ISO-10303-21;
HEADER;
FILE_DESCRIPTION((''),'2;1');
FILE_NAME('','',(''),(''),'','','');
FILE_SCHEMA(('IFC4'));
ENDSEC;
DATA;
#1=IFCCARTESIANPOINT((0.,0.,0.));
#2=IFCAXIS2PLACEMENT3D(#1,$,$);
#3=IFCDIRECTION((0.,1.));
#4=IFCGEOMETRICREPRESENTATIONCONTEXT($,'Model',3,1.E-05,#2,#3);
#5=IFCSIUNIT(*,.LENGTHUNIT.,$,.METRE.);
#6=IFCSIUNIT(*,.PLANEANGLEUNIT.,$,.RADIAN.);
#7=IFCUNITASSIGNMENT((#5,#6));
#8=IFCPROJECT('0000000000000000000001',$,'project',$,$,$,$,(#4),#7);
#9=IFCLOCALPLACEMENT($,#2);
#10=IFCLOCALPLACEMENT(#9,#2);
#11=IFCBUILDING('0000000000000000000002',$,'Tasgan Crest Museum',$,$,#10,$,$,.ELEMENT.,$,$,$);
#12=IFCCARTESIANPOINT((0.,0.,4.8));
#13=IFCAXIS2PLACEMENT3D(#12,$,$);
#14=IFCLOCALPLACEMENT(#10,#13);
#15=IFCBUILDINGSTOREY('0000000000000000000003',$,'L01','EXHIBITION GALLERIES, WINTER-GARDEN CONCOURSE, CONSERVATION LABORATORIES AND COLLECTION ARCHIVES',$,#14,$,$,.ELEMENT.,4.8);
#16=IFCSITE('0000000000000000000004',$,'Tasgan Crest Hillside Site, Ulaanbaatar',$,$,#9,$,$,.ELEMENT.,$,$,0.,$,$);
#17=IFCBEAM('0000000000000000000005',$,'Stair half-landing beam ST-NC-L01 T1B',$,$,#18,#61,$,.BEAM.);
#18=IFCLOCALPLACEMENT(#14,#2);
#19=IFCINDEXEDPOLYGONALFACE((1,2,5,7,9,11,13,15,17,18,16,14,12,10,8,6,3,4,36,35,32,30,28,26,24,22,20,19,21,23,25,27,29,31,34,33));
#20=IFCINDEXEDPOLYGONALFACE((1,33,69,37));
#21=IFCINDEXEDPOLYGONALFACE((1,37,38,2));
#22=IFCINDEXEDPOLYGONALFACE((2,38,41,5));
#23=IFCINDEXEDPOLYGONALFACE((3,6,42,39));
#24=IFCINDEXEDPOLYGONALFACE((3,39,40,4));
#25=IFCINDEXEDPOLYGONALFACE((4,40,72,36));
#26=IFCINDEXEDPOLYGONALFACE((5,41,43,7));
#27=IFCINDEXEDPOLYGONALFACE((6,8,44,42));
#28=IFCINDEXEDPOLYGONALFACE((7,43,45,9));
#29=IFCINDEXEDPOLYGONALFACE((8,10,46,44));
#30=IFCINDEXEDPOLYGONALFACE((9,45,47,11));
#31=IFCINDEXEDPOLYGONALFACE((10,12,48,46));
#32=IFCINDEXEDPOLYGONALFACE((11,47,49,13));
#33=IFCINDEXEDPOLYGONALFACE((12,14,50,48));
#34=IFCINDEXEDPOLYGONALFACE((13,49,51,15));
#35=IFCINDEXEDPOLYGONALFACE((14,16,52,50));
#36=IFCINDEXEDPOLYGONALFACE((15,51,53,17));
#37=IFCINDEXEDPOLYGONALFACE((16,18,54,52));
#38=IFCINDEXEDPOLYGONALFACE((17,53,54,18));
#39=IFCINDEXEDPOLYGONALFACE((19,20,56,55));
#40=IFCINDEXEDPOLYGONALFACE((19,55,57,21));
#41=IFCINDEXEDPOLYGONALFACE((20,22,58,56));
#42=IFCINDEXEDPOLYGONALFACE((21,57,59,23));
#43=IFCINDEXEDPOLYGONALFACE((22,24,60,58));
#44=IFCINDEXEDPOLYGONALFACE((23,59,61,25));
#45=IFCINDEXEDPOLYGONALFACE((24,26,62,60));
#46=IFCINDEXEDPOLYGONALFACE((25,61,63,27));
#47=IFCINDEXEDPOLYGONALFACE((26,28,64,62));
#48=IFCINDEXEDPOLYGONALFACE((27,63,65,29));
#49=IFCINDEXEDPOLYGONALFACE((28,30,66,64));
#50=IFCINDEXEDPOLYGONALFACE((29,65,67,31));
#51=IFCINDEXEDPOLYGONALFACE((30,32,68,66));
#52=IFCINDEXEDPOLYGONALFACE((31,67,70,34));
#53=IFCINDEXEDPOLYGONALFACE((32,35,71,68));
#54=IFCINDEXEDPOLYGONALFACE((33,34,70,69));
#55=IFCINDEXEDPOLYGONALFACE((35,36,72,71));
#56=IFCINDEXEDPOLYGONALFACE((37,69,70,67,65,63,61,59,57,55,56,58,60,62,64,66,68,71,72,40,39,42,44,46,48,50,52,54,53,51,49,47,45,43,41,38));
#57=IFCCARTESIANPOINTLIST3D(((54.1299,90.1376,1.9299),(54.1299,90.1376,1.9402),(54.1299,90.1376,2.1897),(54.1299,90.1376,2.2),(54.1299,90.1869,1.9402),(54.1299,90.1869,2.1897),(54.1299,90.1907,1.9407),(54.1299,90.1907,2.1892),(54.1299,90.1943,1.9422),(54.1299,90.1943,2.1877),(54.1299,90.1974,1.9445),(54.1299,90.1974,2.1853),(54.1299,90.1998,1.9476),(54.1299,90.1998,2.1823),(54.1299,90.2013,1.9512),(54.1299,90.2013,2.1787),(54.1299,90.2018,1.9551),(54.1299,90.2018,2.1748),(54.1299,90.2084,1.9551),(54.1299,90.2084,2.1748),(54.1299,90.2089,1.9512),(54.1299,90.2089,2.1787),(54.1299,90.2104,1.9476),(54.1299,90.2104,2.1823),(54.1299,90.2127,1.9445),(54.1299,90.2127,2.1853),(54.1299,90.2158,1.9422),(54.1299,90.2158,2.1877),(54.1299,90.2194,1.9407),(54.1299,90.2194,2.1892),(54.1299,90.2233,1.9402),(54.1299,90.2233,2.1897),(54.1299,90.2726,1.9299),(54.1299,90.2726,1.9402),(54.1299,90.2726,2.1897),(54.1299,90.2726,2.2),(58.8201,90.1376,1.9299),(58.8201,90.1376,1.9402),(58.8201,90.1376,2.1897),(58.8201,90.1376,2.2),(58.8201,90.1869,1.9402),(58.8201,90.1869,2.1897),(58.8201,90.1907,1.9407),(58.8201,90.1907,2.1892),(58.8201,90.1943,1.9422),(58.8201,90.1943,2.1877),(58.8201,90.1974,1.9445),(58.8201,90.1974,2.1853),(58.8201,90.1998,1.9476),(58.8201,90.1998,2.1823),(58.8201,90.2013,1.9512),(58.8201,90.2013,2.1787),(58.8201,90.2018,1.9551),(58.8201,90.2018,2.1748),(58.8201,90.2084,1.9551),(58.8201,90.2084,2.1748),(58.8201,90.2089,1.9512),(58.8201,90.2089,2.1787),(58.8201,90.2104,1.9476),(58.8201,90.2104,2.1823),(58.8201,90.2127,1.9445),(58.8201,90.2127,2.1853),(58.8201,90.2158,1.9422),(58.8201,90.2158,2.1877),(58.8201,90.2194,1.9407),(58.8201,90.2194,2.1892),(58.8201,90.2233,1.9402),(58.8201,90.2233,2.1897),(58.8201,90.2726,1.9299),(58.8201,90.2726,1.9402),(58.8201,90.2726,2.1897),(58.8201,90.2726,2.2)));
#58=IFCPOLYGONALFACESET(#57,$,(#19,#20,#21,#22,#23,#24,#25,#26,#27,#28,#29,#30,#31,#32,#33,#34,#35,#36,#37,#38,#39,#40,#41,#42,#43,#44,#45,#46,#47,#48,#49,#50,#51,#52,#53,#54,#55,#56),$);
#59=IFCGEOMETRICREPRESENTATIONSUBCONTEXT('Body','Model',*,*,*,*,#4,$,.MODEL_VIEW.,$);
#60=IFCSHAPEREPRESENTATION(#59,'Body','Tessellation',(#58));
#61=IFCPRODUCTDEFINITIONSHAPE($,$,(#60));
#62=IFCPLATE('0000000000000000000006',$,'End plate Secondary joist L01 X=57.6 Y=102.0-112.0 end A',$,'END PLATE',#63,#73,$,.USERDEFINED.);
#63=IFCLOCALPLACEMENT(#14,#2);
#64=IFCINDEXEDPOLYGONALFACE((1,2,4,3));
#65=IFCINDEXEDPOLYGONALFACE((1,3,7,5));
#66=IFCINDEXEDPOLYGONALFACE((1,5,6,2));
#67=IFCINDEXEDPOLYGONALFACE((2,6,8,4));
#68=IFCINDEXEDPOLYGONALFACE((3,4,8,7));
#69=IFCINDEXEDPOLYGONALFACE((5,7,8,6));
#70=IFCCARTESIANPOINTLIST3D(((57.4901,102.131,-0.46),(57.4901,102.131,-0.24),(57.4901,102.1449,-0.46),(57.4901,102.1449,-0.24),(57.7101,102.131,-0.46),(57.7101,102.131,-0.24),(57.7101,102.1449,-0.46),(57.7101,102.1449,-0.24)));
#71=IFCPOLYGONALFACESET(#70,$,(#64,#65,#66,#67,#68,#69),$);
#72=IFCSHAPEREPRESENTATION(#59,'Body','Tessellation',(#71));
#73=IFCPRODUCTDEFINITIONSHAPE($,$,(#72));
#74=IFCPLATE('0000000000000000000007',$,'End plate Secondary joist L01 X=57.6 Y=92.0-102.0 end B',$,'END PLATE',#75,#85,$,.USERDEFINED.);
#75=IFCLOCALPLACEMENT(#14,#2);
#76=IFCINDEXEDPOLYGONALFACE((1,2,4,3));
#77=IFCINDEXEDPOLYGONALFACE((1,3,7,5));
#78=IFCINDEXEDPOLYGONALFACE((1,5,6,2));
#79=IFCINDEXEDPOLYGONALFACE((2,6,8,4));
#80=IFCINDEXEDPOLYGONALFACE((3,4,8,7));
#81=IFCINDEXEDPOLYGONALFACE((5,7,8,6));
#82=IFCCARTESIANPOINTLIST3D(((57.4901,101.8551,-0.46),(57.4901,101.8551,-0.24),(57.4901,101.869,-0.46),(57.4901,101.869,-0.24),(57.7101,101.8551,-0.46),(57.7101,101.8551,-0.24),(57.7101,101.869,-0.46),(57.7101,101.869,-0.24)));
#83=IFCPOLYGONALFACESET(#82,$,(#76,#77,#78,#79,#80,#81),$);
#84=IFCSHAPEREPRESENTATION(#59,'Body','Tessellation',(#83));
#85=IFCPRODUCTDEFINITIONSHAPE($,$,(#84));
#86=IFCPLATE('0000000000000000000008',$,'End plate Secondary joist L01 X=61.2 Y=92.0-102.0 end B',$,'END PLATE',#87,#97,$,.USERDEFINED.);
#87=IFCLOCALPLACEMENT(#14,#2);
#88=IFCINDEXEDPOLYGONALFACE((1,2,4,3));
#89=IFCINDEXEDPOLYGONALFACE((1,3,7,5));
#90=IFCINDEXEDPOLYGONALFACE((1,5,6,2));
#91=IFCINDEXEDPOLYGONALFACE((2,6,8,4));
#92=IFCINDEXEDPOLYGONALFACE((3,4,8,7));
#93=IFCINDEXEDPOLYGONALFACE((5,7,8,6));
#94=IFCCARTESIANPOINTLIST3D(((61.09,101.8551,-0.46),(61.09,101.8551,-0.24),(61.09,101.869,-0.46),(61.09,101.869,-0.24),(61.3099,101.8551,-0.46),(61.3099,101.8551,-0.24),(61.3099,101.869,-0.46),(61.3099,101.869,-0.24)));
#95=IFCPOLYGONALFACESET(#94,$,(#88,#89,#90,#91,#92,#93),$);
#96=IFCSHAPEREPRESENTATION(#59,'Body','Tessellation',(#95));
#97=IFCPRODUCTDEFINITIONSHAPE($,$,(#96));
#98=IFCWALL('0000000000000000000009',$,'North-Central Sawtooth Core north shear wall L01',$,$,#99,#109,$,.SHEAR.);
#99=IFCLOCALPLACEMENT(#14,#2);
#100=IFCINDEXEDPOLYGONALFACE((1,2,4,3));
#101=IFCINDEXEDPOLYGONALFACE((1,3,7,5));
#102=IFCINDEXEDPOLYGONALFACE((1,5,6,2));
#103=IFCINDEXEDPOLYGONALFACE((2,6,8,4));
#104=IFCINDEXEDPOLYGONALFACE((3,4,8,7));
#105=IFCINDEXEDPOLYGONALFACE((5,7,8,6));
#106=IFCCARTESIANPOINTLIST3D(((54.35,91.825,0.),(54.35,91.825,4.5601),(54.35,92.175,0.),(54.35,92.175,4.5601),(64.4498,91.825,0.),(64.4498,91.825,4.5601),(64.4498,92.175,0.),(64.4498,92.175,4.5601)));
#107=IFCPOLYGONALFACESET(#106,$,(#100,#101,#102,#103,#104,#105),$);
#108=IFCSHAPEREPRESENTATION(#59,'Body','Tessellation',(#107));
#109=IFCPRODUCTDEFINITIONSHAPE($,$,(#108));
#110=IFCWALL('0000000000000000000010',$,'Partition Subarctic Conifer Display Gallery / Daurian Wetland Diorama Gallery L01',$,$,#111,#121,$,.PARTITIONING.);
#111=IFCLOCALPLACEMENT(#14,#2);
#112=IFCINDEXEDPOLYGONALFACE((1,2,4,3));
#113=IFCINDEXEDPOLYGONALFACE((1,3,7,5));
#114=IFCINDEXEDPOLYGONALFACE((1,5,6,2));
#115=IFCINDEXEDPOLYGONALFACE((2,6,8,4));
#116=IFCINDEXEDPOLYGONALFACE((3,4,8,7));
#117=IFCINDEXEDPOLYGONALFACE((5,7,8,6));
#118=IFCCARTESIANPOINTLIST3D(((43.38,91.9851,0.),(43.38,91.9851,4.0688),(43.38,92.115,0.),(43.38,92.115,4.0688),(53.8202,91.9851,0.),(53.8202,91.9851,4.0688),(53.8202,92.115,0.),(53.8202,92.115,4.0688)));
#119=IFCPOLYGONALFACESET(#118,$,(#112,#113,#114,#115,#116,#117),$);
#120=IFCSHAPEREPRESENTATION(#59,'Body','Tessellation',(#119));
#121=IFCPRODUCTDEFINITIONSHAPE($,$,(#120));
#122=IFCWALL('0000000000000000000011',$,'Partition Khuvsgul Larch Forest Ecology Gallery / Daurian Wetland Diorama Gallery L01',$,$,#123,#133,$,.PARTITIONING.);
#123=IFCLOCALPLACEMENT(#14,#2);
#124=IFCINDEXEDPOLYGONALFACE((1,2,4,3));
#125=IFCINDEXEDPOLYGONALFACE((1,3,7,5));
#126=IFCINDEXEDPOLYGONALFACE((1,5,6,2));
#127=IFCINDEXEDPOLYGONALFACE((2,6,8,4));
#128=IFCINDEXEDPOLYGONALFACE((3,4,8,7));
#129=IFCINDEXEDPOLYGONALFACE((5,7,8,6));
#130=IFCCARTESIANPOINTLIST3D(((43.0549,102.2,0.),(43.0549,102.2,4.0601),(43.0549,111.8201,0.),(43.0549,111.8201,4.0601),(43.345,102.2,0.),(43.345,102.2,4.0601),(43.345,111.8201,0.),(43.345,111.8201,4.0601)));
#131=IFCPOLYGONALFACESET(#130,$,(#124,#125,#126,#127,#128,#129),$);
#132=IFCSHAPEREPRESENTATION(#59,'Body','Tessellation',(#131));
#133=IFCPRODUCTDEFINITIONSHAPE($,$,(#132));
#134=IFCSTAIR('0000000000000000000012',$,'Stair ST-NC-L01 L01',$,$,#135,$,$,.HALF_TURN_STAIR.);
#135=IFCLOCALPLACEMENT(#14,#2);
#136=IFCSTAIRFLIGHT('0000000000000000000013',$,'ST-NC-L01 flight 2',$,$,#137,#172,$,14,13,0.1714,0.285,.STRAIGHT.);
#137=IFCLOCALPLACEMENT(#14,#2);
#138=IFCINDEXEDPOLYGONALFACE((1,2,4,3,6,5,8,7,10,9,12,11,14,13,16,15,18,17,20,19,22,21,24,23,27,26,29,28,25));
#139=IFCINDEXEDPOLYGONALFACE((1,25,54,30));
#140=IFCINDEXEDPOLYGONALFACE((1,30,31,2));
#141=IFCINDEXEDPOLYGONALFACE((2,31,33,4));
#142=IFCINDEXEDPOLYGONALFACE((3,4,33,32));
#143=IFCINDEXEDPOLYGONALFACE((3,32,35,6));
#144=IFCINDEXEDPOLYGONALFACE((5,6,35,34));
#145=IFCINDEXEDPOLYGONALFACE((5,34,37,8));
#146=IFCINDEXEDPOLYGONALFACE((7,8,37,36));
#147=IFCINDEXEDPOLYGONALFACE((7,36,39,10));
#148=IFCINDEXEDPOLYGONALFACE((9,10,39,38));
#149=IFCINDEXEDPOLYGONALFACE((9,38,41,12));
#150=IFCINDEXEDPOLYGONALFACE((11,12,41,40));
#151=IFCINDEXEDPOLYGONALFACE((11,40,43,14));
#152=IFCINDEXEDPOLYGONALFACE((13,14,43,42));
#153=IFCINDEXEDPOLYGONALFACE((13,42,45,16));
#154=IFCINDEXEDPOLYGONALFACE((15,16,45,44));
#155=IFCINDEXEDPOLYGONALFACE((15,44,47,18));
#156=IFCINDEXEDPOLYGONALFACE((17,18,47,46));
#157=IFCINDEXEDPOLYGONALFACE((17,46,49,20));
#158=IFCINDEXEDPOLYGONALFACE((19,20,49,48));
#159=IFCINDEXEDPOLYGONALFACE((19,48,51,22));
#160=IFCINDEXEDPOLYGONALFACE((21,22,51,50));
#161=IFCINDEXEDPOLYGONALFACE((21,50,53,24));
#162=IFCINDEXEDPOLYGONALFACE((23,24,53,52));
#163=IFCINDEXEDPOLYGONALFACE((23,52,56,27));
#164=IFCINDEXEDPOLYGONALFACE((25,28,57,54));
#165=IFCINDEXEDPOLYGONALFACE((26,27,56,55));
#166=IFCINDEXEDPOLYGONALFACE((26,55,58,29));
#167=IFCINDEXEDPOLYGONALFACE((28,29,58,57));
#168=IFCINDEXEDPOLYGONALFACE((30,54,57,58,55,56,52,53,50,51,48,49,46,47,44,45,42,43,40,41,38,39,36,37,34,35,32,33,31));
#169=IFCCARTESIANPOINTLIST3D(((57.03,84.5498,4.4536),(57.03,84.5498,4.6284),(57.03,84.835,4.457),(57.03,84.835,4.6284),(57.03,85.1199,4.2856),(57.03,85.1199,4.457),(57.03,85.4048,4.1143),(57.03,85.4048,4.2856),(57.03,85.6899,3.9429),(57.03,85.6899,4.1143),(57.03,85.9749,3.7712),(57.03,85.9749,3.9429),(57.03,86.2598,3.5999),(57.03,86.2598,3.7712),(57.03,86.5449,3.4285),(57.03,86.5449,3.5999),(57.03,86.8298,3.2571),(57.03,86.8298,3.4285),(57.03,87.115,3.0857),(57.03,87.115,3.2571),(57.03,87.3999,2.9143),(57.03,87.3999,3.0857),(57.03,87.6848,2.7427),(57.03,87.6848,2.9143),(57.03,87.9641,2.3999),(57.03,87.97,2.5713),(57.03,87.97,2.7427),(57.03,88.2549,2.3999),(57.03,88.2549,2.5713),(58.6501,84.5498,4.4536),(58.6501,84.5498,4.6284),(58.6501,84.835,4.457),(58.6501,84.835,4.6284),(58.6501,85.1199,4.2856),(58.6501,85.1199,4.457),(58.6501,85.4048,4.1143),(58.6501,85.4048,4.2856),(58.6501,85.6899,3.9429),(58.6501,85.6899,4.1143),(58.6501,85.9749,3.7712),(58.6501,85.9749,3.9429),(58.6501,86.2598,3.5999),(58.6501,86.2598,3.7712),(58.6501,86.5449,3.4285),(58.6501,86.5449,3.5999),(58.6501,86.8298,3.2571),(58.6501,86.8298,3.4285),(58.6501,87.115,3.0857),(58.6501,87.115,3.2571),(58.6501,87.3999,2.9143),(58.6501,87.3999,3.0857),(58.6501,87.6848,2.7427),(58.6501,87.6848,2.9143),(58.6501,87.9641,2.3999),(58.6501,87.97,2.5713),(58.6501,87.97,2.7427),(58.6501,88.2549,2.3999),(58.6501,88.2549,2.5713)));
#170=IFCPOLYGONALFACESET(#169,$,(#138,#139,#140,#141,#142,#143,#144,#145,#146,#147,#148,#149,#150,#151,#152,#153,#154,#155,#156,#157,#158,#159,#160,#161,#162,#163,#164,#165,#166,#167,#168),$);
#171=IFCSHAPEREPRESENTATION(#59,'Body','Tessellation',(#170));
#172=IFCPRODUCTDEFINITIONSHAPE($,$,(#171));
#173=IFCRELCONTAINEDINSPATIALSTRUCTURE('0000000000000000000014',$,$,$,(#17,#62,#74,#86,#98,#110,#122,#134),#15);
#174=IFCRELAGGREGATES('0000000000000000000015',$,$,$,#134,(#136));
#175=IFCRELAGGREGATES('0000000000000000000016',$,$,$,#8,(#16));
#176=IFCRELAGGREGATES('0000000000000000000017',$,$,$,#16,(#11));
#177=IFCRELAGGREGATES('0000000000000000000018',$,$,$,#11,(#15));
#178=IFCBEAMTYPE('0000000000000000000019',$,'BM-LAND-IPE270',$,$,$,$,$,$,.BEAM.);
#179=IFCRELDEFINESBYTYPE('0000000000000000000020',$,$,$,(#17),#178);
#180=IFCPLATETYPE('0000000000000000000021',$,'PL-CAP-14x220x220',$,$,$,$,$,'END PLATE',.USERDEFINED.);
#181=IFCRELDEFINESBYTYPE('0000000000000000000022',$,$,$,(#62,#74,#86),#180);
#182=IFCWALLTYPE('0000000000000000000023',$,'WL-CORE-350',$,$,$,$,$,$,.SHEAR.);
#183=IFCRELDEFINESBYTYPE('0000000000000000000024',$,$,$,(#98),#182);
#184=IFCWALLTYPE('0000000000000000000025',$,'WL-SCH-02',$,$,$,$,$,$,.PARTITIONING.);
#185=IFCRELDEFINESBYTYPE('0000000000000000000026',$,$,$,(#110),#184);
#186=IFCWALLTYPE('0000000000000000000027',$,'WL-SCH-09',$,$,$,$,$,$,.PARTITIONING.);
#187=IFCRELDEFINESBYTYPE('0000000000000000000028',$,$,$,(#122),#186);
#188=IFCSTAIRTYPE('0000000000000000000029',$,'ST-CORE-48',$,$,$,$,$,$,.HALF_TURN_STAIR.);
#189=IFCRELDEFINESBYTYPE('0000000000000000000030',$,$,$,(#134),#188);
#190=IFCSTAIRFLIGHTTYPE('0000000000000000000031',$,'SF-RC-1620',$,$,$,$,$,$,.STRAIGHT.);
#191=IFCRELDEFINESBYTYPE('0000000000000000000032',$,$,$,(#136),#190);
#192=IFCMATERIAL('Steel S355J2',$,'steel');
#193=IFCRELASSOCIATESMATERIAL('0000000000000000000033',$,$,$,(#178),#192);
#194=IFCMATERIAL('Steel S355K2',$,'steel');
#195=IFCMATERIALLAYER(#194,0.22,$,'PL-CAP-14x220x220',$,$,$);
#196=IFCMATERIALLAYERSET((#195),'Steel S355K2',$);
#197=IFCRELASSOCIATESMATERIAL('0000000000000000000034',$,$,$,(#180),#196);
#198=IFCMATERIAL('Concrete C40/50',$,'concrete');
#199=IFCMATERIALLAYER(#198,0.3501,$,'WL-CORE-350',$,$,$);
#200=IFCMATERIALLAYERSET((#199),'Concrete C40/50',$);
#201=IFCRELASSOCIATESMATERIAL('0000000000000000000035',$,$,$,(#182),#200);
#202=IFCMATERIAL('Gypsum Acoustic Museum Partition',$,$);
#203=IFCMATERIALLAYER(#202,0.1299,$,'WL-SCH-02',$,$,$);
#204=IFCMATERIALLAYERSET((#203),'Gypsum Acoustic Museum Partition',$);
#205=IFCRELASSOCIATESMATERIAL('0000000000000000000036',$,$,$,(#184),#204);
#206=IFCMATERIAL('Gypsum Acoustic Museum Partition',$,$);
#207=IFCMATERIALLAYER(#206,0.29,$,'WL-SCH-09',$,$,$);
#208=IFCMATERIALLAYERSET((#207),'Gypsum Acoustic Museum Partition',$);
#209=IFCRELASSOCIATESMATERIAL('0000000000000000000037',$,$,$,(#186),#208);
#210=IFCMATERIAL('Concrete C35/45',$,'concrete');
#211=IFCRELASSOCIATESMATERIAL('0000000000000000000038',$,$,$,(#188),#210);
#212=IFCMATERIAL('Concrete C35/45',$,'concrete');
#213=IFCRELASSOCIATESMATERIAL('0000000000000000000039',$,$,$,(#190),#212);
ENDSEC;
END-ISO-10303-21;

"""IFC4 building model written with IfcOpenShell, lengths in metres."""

from ifc_helpers import new_model, si_unit, direction, frame, frame_2d, origin, origin_2d, place, context, subcontext, project, spatial, polyline, rectangle, i_section, outline, extrude, material, layer, layer_set, material_profile, profile_set, type_object, element, aggregate, save


model = new_model("IFC4")

# Units and contexts
model_context = context("Model", 3, precision=1e-05, world=origin(), true_north=direction((0.0, 1.0)))
body_context = subcontext(model_context, "Body", "Model", "MODEL_VIEW")
ifc_project = project(units=[si_unit("LENGTHUNIT", "METRE"), si_unit("PLANEANGLEUNIT", "RADIAN")], contexts=[model_context])

# Site, building, storey
site_placement = place(None, origin())
site = spatial("IfcSite", under=ifc_project, at=site_placement, Name="Tasgan Crest Hillside Site, Ulaanbaatar", CompositionType="ELEMENT", RefElevation=0.0)
building_placement = place(site_placement, origin())
building = spatial("IfcBuilding", under=site, at=building_placement, Name="Tasgan Crest Museum", CompositionType="ELEMENT")
storey_placement = place(building_placement, frame((0.0, 0.0, 4.8)))
storey = spatial("IfcBuildingStorey", under=building, at=storey_placement, Name="L01", Description="EXHIBITION GALLERIES, WINTER-GARDEN CONCOURSE, CONSERVATION LABORATORIES AND COLLECTION ARCHIVES", CompositionType="ELEMENT", Elevation=4.8)

# Beam
ifc_material_1 = material(Name="Steel S355J2", Category="steel")
ifc_material_profile_1 = material_profile(ifc_material_1, i_section(OverallWidth=0.135, OverallDepth=0.27, WebThickness=0.0066, FlangeThickness=0.0103, FilletRadius=0.0149, at=origin_2d()), Name="IPE 270")
ifc_profile_set_1 = profile_set([ifc_material_profile_1], Name="Steel S355J2")
beam_type_1 = type_object("IfcBeamType", Name="BM-LAND-IPE270", PredefinedType="BEAM", material=ifc_profile_set_1)
for number, where, z_axis, x_axis, name in (
    (1, (54.1299, 90.2051, 2.0649), (1.0, 0.0, 0.0), (0.0, 1.0, 0.0), "Stair half-landing beam ST-NC-L01 T1B"),
):
    element("IfcBeam", number, at=place(storey_placement, frame(where, z_axis=z_axis, x_axis=x_axis)), inside=storey, type_object=beam_type_1, Name=name, PredefinedType="BEAM", context=body_context, shape_type="SweptSolid", body=[
        extrude(i_section(OverallWidth=0.135, OverallDepth=0.27, WebThickness=0.0066, FlangeThickness=0.0103, FilletRadius=0.0149, at=origin_2d()), origin(), (0.0, 0.0, 1.0), 4.6902),
    ])

# Plates
ifc_material_2 = material(Name="Steel S355K2", Category="steel")
ifc_layer_1 = layer(ifc_material_2, 0.22, Name="PL-CAP-14x220x220")
ifc_layer_set_1 = layer_set([ifc_layer_1], Name="Steel S355K2")
plate_type = type_object("IfcPlateType", Name="PL-CAP-14x220x220", ElementType="END PLATE", PredefinedType="USERDEFINED", material=ifc_layer_set_1)
for number, where, z_axis, x_axis, name in (
    (2, (57.6001, 102.1379, -0.46), (0.0, 0.0, 1.0), (0.0, 1.0, 0.0), "End plate Secondary joist L01 X=57.6 Y=102.0-112.0 end A"),
    (3, (57.6001, 101.8621, -0.46), (0.0, 0.0, 1.0), (0.0, 1.0, 0.0), "End plate Secondary joist L01 X=57.6 Y=92.0-102.0 end B"),
    (4, (61.2, 101.8621, -0.46), (0.0, 0.0, 1.0), (0.0, 1.0, 0.0), "End plate Secondary joist L01 X=61.2 Y=92.0-102.0 end B"),
):
    element("IfcPlate", number, at=place(storey_placement, frame(where, z_axis=z_axis, x_axis=x_axis)), inside=storey, type_object=plate_type, Name=name, ObjectType="END PLATE", PredefinedType="USERDEFINED", context=body_context, shape_type="SweptSolid", body=[
        extrude(rectangle(XDim=0.0139, YDim=0.22, at=origin_2d()), origin(), (0.0, 0.0, 1.0), 0.22),
    ])

# Walls
ifc_material_3 = material(Name="Concrete C40/50", Category="concrete")
ifc_layer_2 = layer(ifc_material_3, 0.3501, Name="WL-CORE-350")
ifc_layer_set_2 = layer_set([ifc_layer_2], Name="Concrete C40/50")
wall_type_1 = type_object("IfcWallType", Name="WL-CORE-350", PredefinedType="SHEAR", material=ifc_layer_set_2)
wall_1_placement = place(storey_placement, frame((54.3501, 92.0, 0.0), z_axis=(0.0, 0.0, 1.0), x_axis=(1.0, 0.0, 0.0)))
element("IfcWall", 5, at=wall_1_placement, inside=storey, type_object=wall_type_1, Name="North-Central Sawtooth Core north shear wall L01", PredefinedType="SHEAR", context=body_context, shape_type="SweptSolid", body=[
    extrude(rectangle(XDim=10.0999, YDim=0.3501, at=frame_2d((5.0498, 0.0))), origin(), (0.0, 0.0, 1.0), 4.5601),
])
ifc_material_4 = material(Name="Gypsum Acoustic Museum Partition")
ifc_layer_3 = layer(ifc_material_4, 0.1299, Name="WL-SCH-02")
ifc_layer_set_3 = layer_set([ifc_layer_3], Name="Gypsum Acoustic Museum Partition")
wall_type_2 = type_object("IfcWallType", Name="WL-SCH-02", PredefinedType="PARTITIONING", material=ifc_layer_set_3)
wall_2_placement = place(storey_placement, frame((43.3799, 92.05, 0.0), z_axis=(0.0, 0.0, 1.0), x_axis=(1.0, 0.0, 0.0)))
element("IfcWall", 6, at=wall_2_placement, inside=storey, type_object=wall_type_2, Name="Partition Subarctic Conifer Display Gallery / Daurian Wetland Diorama Gallery L01", PredefinedType="PARTITIONING", context=body_context, shape_type="SweptSolid", body=[
    extrude(rectangle(XDim=10.4402, YDim=0.1299, at=frame_2d((5.2202, 0.0))), origin(), (0.0, 0.0, 1.0), 4.0688),
])
ifc_material_5 = material(Name="Gypsum Acoustic Museum Partition")
ifc_layer_4 = layer(ifc_material_5, 0.29, Name="WL-SCH-09")
ifc_layer_set_4 = layer_set([ifc_layer_4], Name="Gypsum Acoustic Museum Partition")
wall_type_3 = type_object("IfcWallType", Name="WL-SCH-09", PredefinedType="PARTITIONING", material=ifc_layer_set_4)
wall_3_placement = place(storey_placement, frame((43.2, 102.2, 0.0), z_axis=(0.0, 0.0, 1.0), x_axis=(0.0, 1.0, 0.0)))
element("IfcWall", 7, at=wall_3_placement, inside=storey, type_object=wall_type_3, Name="Partition Khuvsgul Larch Forest Ecology Gallery / Daurian Wetland Diorama Gallery L01", PredefinedType="PARTITIONING", context=body_context, shape_type="SweptSolid", body=[
    extrude(rectangle(XDim=9.6201, YDim=0.29, at=frame_2d((4.8101, 0.0))), origin(), (0.0, 0.0, 1.0), 4.0601),
])

# Stair, stair flight
ifc_material_6 = material(Name="Concrete C35/45", Category="concrete")
stair_type = type_object("IfcStairType", Name="ST-CORE-48", PredefinedType="HALF_TURN_STAIR", material=ifc_material_6)
stair_placement = place(storey_placement, origin())
stair = element("IfcStair", 8, at=stair_placement, inside=storey, type_object=stair_type, Name="Stair ST-NC-L01 L01", PredefinedType="HALF_TURN_STAIR")
ifc_material_7 = material(Name="Concrete C35/45", Category="concrete")
stair_flight_type = type_object("IfcStairFlightType", Name="SF-RC-1620", PredefinedType="STRAIGHT", material=ifc_material_7)
stair_flight_placement = place(storey_placement, frame((57.8401, 88.2549, 2.3999), z_axis=(0.0, 0.0, 1.0), x_axis=(0.0, -1.0, 0.0)))
stair_flight = element("IfcStairFlight", 9, at=stair_flight_placement, type_object=stair_flight_type, Name="ST-NC-L01 flight 2", NumberOfRisers=14, NumberOfTreads=13, PredefinedType="STRAIGHT", RiserHeight=0.1714, TreadLength=0.285, context=body_context, shape_type="SweptSolid", body=[
    extrude(outline(polyline([(0.0, 0.0), (0.0, 0.1714), (0.2849, 0.1714), (0.2849, 0.3428), (0.5701, 0.3428), (0.5701, 0.5144), (0.855, 0.5144), (0.855, 0.6858), (1.1399, 0.6858), (1.1399, 0.8572), (1.425, 0.8572), (1.425, 1.0286), (1.71, 1.0286), (1.71, 1.2), (1.9951, 1.2), (1.9951, 1.3713), (2.28, 1.3713), (2.28, 1.543), (2.5649, 1.543), (2.5649, 1.7144), (2.8501, 1.7144), (2.8501, 1.8857), (3.135, 1.8857), (3.135, 2.0571), (3.4199, 2.0571), (3.4199, 2.2285), (3.7051, 2.2285), (3.7051, 2.3999), (3.7051, 2.0537), (0.2908, 0.0), (0.0, 0.0)])), frame((0.0, 0.8101, 0.0), z_axis=(0.0, -1.0, 0.0), x_axis=(1.0, 0.0, 0.0)), (0.0, 0.0, 1.0), 1.6201),
])
aggregate(stair, [stair_flight])

save(model, "model.ifc")
